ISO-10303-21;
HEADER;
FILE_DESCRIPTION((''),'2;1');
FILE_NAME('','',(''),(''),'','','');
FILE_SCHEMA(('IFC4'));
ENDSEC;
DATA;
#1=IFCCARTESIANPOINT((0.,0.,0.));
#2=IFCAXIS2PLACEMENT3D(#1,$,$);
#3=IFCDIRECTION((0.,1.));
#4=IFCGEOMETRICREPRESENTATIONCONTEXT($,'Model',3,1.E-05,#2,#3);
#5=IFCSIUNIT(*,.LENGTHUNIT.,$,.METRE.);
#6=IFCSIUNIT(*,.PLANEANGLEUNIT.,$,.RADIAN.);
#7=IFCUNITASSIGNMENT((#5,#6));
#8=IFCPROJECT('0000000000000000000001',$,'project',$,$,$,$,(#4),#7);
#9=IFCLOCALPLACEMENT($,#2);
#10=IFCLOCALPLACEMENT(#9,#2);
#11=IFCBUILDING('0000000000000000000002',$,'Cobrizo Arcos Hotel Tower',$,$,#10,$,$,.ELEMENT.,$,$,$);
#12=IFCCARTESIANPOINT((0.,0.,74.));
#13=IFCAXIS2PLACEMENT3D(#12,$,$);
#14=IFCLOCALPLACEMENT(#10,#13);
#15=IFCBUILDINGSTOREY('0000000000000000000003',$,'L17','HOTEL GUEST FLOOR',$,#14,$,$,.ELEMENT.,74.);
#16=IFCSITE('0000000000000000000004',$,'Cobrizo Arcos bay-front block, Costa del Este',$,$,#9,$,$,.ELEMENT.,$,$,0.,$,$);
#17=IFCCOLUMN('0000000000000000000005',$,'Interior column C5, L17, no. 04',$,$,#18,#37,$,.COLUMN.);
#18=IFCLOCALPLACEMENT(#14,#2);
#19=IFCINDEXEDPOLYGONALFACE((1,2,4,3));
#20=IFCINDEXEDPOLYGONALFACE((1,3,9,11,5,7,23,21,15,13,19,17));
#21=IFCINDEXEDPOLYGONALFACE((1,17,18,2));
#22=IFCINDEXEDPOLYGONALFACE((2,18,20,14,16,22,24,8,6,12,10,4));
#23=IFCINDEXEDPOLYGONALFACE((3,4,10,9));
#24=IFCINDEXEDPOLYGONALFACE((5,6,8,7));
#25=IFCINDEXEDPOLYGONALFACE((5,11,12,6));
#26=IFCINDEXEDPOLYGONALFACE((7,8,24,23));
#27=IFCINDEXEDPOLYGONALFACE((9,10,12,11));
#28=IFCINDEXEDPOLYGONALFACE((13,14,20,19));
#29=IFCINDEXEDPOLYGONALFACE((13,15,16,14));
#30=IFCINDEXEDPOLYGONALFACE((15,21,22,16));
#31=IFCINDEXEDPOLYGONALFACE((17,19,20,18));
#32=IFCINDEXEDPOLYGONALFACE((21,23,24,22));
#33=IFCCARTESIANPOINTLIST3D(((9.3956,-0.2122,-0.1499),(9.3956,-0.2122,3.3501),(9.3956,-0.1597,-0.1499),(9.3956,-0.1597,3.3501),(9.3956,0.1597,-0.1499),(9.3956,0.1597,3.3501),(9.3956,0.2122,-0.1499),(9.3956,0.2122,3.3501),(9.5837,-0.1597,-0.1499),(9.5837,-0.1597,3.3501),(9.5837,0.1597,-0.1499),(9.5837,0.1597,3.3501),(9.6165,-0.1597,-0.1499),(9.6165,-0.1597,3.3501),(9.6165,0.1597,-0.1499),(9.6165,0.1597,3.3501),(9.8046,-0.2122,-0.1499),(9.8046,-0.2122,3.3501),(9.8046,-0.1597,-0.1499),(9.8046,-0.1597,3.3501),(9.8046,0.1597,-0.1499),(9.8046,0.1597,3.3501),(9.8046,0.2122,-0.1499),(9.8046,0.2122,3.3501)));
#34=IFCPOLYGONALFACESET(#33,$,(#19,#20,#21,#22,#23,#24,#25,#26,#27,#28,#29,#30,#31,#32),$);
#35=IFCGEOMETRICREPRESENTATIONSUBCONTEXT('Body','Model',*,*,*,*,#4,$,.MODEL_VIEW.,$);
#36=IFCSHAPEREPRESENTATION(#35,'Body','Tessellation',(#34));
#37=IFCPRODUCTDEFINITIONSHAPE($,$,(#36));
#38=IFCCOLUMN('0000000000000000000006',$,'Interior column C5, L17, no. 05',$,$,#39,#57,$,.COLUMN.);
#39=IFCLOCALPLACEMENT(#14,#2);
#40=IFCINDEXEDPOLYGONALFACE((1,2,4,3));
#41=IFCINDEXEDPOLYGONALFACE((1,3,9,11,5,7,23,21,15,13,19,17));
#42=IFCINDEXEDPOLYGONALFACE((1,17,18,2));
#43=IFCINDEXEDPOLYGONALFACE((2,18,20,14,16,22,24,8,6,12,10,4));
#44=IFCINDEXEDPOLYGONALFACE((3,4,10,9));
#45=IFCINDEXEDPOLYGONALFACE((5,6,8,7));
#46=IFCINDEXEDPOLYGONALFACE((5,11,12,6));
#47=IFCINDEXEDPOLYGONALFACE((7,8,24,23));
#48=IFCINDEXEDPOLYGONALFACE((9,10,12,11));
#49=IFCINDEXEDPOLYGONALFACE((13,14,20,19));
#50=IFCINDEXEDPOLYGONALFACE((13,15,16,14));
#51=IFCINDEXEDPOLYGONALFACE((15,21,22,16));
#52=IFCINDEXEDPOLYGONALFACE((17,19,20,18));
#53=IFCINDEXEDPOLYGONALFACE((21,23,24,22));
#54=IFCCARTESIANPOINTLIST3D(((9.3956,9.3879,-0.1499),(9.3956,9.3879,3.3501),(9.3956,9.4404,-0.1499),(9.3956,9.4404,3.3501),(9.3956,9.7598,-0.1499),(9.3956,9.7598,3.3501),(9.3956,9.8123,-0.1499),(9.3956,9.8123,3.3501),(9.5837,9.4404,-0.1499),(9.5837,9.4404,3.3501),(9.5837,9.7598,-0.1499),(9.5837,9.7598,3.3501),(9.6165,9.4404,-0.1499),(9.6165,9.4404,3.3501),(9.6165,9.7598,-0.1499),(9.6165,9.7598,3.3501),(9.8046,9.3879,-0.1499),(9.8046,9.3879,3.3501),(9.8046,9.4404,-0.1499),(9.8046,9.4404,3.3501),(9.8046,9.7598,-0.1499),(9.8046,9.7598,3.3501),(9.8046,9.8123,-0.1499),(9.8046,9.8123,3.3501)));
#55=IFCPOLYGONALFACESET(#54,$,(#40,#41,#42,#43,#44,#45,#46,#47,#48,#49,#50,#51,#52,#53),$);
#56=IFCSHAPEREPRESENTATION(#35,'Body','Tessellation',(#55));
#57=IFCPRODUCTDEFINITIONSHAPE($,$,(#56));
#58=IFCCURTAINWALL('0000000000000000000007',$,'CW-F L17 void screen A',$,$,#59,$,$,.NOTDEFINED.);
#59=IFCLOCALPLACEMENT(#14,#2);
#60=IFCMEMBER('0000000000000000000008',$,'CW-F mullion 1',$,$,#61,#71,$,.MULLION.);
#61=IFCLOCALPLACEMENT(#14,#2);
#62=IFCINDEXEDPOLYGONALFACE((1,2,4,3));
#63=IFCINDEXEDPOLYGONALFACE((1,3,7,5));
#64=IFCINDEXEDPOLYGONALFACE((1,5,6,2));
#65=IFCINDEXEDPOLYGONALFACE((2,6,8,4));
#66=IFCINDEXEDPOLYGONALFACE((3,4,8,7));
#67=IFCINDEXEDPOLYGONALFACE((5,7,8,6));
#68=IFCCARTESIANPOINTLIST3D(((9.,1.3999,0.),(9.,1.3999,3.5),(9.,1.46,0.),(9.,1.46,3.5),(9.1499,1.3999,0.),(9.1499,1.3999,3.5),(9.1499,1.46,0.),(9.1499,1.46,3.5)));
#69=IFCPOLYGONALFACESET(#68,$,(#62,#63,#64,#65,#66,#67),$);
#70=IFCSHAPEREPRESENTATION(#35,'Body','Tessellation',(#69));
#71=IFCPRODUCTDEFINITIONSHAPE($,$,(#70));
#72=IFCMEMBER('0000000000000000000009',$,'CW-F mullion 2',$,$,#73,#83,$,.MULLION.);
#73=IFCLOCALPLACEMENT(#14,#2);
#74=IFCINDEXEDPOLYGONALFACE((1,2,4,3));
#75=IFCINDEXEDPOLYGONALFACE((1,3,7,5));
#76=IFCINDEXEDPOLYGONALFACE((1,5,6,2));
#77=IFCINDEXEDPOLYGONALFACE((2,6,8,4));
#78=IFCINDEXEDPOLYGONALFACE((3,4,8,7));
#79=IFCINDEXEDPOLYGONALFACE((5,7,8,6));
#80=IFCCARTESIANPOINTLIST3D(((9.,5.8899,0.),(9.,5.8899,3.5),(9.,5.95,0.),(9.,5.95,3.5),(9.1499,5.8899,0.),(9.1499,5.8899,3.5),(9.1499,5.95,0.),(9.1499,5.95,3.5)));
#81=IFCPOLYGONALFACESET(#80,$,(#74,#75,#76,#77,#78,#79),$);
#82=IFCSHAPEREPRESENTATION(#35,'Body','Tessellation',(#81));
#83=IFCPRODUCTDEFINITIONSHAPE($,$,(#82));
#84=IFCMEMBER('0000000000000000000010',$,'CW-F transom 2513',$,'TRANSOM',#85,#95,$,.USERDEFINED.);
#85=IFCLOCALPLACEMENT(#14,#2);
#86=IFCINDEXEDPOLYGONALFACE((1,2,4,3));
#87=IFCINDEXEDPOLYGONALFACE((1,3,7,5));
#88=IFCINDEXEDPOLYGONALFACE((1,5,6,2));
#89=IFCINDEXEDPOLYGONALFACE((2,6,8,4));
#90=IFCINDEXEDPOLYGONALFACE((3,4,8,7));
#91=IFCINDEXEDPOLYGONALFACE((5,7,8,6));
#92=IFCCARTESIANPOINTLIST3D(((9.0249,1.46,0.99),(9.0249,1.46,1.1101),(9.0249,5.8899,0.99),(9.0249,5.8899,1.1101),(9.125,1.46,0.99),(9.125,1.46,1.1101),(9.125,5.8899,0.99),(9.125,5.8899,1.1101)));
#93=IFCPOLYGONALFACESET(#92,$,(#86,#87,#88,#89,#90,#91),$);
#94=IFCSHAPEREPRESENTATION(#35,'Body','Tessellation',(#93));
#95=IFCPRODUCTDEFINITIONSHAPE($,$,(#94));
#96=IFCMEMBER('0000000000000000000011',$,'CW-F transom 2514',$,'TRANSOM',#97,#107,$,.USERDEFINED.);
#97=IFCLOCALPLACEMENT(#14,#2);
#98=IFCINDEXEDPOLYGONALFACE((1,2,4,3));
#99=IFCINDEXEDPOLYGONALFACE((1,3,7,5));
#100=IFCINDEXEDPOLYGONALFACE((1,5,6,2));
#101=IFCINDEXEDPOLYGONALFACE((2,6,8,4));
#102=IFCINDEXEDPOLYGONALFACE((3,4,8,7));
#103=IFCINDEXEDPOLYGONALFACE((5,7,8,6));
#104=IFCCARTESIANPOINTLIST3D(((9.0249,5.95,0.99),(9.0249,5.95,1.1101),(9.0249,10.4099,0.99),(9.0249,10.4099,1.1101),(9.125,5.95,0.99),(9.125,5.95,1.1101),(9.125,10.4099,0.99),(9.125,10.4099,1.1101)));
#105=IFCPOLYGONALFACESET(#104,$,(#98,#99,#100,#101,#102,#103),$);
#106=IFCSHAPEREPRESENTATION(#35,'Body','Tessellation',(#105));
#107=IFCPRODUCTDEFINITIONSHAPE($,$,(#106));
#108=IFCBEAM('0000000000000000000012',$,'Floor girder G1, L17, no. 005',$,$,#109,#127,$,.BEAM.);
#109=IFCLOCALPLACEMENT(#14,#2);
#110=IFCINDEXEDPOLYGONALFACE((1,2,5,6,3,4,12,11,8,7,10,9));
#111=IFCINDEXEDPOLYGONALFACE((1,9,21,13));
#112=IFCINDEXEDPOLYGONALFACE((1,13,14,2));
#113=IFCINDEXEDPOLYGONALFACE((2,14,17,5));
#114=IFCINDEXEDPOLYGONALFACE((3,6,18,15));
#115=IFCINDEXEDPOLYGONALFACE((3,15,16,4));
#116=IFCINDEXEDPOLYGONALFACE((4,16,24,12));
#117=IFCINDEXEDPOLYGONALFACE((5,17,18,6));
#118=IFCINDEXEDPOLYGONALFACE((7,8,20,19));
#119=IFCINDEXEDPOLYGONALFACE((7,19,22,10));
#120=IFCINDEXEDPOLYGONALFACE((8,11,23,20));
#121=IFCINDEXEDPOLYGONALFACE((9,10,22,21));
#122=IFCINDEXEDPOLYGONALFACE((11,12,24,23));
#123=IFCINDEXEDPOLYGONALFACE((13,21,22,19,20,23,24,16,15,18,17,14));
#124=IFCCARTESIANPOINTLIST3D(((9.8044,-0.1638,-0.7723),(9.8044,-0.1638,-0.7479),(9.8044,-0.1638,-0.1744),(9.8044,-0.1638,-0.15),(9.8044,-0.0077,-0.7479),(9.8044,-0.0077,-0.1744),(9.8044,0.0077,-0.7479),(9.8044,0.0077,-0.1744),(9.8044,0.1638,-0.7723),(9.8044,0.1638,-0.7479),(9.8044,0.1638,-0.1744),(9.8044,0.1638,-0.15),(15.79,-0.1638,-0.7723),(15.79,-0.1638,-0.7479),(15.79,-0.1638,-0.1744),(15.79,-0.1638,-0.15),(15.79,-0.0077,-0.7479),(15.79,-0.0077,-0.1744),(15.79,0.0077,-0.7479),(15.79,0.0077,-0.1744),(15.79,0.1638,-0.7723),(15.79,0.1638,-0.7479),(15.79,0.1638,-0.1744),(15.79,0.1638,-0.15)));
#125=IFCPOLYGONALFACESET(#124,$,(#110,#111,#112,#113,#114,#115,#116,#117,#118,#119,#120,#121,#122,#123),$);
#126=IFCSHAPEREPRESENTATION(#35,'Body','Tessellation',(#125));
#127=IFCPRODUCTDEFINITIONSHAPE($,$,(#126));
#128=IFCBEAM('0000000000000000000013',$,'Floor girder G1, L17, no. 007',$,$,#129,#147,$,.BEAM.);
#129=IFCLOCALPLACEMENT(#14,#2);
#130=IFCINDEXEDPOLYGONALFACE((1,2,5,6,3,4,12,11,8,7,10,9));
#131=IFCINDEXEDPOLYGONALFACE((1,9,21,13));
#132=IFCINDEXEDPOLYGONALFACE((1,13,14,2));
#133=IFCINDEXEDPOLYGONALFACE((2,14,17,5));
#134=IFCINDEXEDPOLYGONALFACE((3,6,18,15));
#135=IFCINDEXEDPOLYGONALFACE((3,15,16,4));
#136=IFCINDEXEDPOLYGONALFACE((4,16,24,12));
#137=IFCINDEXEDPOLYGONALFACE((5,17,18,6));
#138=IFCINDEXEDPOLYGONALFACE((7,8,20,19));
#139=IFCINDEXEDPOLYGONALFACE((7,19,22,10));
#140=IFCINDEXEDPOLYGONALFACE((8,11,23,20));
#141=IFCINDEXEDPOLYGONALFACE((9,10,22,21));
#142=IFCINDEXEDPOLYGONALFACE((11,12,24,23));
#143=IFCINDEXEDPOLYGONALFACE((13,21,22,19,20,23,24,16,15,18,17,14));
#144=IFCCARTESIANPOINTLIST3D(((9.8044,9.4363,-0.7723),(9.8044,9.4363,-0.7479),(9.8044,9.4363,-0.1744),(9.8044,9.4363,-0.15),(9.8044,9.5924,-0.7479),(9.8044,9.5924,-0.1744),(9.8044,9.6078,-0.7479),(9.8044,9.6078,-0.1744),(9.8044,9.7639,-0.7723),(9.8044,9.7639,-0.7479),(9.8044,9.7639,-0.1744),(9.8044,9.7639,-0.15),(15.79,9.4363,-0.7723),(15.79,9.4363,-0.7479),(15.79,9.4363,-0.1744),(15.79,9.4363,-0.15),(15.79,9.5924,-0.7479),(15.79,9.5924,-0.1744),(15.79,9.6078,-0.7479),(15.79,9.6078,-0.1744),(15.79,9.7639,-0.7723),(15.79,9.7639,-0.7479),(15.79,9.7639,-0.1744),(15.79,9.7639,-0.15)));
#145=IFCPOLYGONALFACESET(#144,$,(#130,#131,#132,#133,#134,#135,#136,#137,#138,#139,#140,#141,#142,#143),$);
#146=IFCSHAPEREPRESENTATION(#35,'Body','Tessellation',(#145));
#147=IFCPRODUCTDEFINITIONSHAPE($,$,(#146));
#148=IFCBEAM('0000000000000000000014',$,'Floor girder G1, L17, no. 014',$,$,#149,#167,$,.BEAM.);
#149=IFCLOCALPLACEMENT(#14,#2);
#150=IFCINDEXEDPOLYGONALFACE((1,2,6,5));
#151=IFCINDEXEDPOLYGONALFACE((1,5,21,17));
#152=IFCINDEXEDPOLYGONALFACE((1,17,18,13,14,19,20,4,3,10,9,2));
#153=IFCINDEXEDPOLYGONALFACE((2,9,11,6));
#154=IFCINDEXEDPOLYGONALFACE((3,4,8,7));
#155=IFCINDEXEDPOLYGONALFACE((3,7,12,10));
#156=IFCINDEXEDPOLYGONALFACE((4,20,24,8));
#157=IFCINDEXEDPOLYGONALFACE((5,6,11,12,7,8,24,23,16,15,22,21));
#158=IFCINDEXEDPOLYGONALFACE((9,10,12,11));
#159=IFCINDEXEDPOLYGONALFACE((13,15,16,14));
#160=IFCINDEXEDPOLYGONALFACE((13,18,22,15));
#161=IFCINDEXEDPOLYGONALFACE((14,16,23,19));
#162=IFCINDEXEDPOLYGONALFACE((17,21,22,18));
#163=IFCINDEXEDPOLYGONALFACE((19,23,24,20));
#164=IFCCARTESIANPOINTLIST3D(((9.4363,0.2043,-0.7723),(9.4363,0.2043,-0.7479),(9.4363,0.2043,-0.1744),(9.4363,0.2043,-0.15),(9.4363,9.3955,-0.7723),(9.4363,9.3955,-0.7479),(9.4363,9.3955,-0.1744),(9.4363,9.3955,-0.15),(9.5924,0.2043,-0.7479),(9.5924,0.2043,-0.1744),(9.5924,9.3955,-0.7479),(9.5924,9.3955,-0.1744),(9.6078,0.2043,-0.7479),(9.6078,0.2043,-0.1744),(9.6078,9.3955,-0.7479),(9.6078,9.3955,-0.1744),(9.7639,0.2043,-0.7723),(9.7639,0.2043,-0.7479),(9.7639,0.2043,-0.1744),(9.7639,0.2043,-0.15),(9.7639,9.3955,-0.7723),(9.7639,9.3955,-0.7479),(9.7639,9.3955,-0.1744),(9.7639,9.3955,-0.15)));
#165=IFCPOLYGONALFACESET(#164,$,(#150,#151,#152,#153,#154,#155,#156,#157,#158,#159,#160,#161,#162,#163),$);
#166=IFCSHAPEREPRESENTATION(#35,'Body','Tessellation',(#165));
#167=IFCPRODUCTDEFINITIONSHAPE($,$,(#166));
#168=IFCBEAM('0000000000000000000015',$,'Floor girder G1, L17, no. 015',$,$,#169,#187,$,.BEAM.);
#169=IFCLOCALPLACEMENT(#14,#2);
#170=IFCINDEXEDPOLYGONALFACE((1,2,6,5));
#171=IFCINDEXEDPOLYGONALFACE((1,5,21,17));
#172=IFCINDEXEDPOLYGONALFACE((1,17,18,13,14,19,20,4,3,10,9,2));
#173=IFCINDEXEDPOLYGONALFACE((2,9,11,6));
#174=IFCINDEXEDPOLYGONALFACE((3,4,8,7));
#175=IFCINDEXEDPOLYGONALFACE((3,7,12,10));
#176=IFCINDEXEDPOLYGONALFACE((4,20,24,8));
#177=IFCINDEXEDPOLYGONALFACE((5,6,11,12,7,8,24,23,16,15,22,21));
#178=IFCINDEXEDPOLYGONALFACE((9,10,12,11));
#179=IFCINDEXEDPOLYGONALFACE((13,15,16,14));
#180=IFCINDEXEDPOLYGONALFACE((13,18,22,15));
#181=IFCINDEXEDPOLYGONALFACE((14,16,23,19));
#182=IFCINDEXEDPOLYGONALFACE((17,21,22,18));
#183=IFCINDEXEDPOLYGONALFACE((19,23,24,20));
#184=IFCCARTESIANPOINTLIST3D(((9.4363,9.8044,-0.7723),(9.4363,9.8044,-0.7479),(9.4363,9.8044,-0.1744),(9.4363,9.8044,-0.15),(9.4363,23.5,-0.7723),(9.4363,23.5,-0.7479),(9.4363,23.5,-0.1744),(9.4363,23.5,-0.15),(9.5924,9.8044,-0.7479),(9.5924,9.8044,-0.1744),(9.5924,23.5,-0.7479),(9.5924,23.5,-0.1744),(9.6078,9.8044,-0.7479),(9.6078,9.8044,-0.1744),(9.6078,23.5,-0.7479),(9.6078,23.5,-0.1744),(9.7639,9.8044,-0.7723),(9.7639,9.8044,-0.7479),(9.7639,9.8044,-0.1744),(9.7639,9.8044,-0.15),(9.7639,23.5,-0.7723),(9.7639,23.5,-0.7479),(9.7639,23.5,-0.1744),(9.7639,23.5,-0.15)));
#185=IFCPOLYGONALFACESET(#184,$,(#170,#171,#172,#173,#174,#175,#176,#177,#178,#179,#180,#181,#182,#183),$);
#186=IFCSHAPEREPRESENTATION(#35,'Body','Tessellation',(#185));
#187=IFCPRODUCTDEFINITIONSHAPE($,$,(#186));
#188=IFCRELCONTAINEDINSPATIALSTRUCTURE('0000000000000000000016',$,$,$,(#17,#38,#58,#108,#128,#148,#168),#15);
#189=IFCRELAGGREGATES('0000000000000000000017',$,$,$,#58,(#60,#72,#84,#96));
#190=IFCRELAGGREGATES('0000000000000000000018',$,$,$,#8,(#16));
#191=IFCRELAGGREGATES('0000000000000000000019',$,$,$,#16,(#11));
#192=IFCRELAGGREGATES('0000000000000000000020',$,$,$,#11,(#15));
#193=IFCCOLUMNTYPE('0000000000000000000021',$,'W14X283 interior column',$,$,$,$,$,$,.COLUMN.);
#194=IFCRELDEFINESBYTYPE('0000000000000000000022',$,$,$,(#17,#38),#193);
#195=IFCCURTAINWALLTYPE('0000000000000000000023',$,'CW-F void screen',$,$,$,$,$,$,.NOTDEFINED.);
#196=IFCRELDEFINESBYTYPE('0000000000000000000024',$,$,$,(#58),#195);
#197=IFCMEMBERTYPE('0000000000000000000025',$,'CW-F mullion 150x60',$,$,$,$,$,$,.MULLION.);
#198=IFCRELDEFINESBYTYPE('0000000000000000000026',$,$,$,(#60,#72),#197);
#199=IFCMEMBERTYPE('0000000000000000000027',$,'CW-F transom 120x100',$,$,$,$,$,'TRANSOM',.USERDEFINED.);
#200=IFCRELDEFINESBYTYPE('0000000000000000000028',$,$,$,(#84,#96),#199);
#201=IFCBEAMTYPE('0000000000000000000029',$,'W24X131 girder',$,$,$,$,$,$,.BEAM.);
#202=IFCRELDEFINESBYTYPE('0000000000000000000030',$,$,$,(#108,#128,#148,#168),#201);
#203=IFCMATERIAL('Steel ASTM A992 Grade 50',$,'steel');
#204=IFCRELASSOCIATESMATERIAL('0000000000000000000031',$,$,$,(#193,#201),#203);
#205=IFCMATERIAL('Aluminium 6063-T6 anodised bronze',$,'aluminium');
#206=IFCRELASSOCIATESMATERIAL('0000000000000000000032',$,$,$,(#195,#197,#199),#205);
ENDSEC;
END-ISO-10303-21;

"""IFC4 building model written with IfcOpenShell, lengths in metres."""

from ifc_helpers import new_model, si_unit, direction, frame, origin, origin_2d, place, context, subcontext, project, spatial, rectangle, i_section, extrude, material, material_profile, profile_set, type_object, element, aggregate, save


model = new_model("IFC4")

# Units and contexts
model_context = context("Model", 3, precision=1e-05, world=origin(), true_north=direction((0.0, 1.0)))
body_context = subcontext(model_context, "Body", "Model", "MODEL_VIEW")
ifc_project = project(units=[si_unit("LENGTHUNIT", "METRE"), si_unit("PLANEANGLEUNIT", "RADIAN")], contexts=[model_context])

# Site, building, storey
site_placement = place(None, origin())
site = spatial("IfcSite", under=ifc_project, at=site_placement, Name="Cobrizo Arcos bay-front block, Costa del Este", CompositionType="ELEMENT", RefElevation=0.0)
building_placement = place(site_placement, origin())
building = spatial("IfcBuilding", under=site, at=building_placement, Name="Cobrizo Arcos Hotel Tower", CompositionType="ELEMENT")
storey_placement = place(building_placement, frame((0.0, 0.0, 74.0)))
storey = spatial("IfcBuildingStorey", under=building, at=storey_placement, Name="L17", Description="HOTEL GUEST FLOOR", CompositionType="ELEMENT", Elevation=74.0)

# Columns
ifc_material_1 = material(Name="Steel ASTM A992 Grade 50", Category="steel")
ifc_material_profile_1 = material_profile(ifc_material_1, i_section(OverallWidth=0.4089, OverallDepth=0.4243, WebThickness=0.0327, FlangeThickness=0.0525, at=origin_2d()), Name="W14X283")
ifc_profile_set_1 = profile_set([ifc_material_profile_1], Name="Steel ASTM A992 Grade 50")
column_type = type_object("IfcColumnType", Name="W14X283 interior column", PredefinedType="COLUMN", material=ifc_profile_set_1)
for number, where, z_axis, x_axis, name in (
    (1, (9.6001, 0.0, -0.1499), (0.0, 0.0, 1.0), (1.0, 0.0, 0.0), "Interior column C5, L17, no. 04"),
    (2, (9.6001, 9.6001, -0.1499), (0.0, 0.0, 1.0), (1.0, 0.0, 0.0), "Interior column C5, L17, no. 05"),
):
    element("IfcColumn", number, at=place(storey_placement, frame(where, z_axis=z_axis, x_axis=x_axis)), inside=storey, type_object=column_type, Name=name, PredefinedType="COLUMN", context=body_context, shape_type="SweptSolid", body=[
        extrude(i_section(OverallWidth=0.4089, OverallDepth=0.4243, WebThickness=0.0327, FlangeThickness=0.0525, at=origin_2d()), origin(), (0.0, 0.0, 1.0), 3.5),
    ])

# Curtain wall, members
ifc_material_2 = material(Name="Aluminium 6063-T6 anodised bronze", Category="aluminium")
curtain_wall_type = type_object("IfcCurtainWallType", Name="CW-F void screen", PredefinedType="NOTDEFINED", material=ifc_material_2)
curtain_wall_placement = place(storey_placement, origin())
curtain_wall = element("IfcCurtainWall", 3, at=curtain_wall_placement, inside=storey, type_object=curtain_wall_type, Name="CW-F L17 void screen A", PredefinedType="NOTDEFINED")
ifc_material_profile_2 = material_profile(ifc_material_2, rectangle(XDim=0.1499, YDim=0.0601, at=origin_2d()), Name="CW-F mullion 150x60")
ifc_profile_set_2 = profile_set([ifc_material_profile_2], Name="Aluminium 6063-T6 anodised bronze")
member_type_1 = type_object("IfcMemberType", Name="CW-F mullion 150x60", PredefinedType="MULLION", material=ifc_profile_set_2)
member_1_placement = place(storey_placement, frame((9.075, 1.4299, 0.0), z_axis=(0.0, 0.0, 1.0), x_axis=(1.0, 0.0, 0.0)))
member_1 = element("IfcMember", 4, at=member_1_placement, type_object=member_type_1, Name="CW-F mullion 1", PredefinedType="MULLION", context=body_context, shape_type="SweptSolid", body=[
    extrude(rectangle(XDim=0.1499, YDim=0.0601, at=origin_2d()), origin(), (0.0, 0.0, 1.0), 3.5),
])
member_2_placement = place(storey_placement, frame((9.075, 5.9199, 0.0), z_axis=(0.0, 0.0, 1.0), x_axis=(1.0, 0.0, 0.0)))
member_2 = element("IfcMember", 5, at=member_2_placement, type_object=member_type_1, Name="CW-F mullion 2", PredefinedType="MULLION", context=body_context, shape_type="SweptSolid", body=[
    extrude(rectangle(XDim=0.1499, YDim=0.0601, at=origin_2d()), origin(), (0.0, 0.0, 1.0), 3.5),
])
ifc_material_profile_3 = material_profile(ifc_material_2, rectangle(XDim=0.1001, YDim=0.1201, at=origin_2d()), Name="CW-F transom 120x100")
ifc_profile_set_3 = profile_set([ifc_material_profile_3], Name="Aluminium 6063-T6 anodised bronze")
member_type_2 = type_object("IfcMemberType", Name="CW-F transom 120x100", ElementType="TRANSOM", PredefinedType="USERDEFINED", material=ifc_profile_set_3)
member_3_placement = place(storey_placement, frame((9.075, 1.46, 1.05), z_axis=(0.0, 1.0, 0.0), x_axis=(-1.0, 0.0, 0.0)))
member_3 = element("IfcMember", 6, at=member_3_placement, type_object=member_type_2, Name="CW-F transom 2513", ObjectType="TRANSOM", PredefinedType="USERDEFINED", context=body_context, shape_type="SweptSolid", body=[
    extrude(rectangle(XDim=0.1001, YDim=0.1201, at=origin_2d()), origin(), (0.0, 0.0, 1.0), 4.4299),
])
member_4_placement = place(storey_placement, frame((9.075, 5.95, 1.05), z_axis=(0.0, 1.0, 0.0), x_axis=(-1.0, 0.0, 0.0)))
member_4 = element("IfcMember", 7, at=member_4_placement, type_object=member_type_2, Name="CW-F transom 2514", ObjectType="TRANSOM", PredefinedType="USERDEFINED", context=body_context, shape_type="SweptSolid", body=[
    extrude(rectangle(XDim=0.1001, YDim=0.1201, at=origin_2d()), origin(), (0.0, 0.0, 1.0), 4.46),
])

# Beams
ifc_material_profile_4 = material_profile(ifc_material_1, i_section(OverallWidth=0.3276, OverallDepth=0.6223, WebThickness=0.0154, FlangeThickness=0.0244, at=origin_2d()), Name="W24X131")
ifc_profile_set_4 = profile_set([ifc_material_profile_4], Name="Steel ASTM A992 Grade 50")
beam_type_1 = type_object("IfcBeamType", Name="W24X131 girder", PredefinedType="BEAM", material=ifc_profile_set_4)
for number, where, z_axis, x_axis, name in (
    (8, (9.8044, 0.0, -0.4612), (1.0, 0.0, 0.0), (0.0, 1.0, 0.0), "Floor girder G1, L17, no. 005"),
    (9, (9.8044, 9.6001, -0.4612), (1.0, 0.0, 0.0), (0.0, 1.0, 0.0), "Floor girder G1, L17, no. 007"),
):
    element("IfcBeam", number, at=place(storey_placement, frame(where, z_axis=z_axis, x_axis=x_axis)), inside=storey, type_object=beam_type_1, Name=name, PredefinedType="BEAM", context=body_context, shape_type="SweptSolid", body=[
        extrude(i_section(OverallWidth=0.3276, OverallDepth=0.6223, WebThickness=0.0154, FlangeThickness=0.0244, at=origin_2d()), origin(), (0.0, 0.0, 1.0), 5.9856),
    ])
beam_1_placement = place(storey_placement, frame((9.6001, 0.2043, -0.4612), z_axis=(0.0, 1.0, 0.0), x_axis=(-1.0, 0.0, 0.0)))
element("IfcBeam", 10, at=beam_1_placement, inside=storey, type_object=beam_type_1, Name="Floor girder G1, L17, no. 014", PredefinedType="BEAM", context=body_context, shape_type="SweptSolid", body=[
    extrude(i_section(OverallWidth=0.3276, OverallDepth=0.6223, WebThickness=0.0154, FlangeThickness=0.0244, at=origin_2d()), origin(), (0.0, 0.0, 1.0), 9.1912),
])
beam_2_placement = place(storey_placement, frame((9.6001, 9.8044, -0.4612), z_axis=(0.0, 1.0, 0.0), x_axis=(-1.0, 0.0, 0.0)))
element("IfcBeam", 11, at=beam_2_placement, inside=storey, type_object=beam_type_1, Name="Floor girder G1, L17, no. 015", PredefinedType="BEAM", context=body_context, shape_type="SweptSolid", body=[
    extrude(i_section(OverallWidth=0.3276, OverallDepth=0.6223, WebThickness=0.0154, FlangeThickness=0.0244, at=origin_2d()), origin(), (0.0, 0.0, 1.0), 13.6956),
])

aggregate(curtain_wall, [member_1, member_2, member_3, member_4])

save(model, "model.ifc")
